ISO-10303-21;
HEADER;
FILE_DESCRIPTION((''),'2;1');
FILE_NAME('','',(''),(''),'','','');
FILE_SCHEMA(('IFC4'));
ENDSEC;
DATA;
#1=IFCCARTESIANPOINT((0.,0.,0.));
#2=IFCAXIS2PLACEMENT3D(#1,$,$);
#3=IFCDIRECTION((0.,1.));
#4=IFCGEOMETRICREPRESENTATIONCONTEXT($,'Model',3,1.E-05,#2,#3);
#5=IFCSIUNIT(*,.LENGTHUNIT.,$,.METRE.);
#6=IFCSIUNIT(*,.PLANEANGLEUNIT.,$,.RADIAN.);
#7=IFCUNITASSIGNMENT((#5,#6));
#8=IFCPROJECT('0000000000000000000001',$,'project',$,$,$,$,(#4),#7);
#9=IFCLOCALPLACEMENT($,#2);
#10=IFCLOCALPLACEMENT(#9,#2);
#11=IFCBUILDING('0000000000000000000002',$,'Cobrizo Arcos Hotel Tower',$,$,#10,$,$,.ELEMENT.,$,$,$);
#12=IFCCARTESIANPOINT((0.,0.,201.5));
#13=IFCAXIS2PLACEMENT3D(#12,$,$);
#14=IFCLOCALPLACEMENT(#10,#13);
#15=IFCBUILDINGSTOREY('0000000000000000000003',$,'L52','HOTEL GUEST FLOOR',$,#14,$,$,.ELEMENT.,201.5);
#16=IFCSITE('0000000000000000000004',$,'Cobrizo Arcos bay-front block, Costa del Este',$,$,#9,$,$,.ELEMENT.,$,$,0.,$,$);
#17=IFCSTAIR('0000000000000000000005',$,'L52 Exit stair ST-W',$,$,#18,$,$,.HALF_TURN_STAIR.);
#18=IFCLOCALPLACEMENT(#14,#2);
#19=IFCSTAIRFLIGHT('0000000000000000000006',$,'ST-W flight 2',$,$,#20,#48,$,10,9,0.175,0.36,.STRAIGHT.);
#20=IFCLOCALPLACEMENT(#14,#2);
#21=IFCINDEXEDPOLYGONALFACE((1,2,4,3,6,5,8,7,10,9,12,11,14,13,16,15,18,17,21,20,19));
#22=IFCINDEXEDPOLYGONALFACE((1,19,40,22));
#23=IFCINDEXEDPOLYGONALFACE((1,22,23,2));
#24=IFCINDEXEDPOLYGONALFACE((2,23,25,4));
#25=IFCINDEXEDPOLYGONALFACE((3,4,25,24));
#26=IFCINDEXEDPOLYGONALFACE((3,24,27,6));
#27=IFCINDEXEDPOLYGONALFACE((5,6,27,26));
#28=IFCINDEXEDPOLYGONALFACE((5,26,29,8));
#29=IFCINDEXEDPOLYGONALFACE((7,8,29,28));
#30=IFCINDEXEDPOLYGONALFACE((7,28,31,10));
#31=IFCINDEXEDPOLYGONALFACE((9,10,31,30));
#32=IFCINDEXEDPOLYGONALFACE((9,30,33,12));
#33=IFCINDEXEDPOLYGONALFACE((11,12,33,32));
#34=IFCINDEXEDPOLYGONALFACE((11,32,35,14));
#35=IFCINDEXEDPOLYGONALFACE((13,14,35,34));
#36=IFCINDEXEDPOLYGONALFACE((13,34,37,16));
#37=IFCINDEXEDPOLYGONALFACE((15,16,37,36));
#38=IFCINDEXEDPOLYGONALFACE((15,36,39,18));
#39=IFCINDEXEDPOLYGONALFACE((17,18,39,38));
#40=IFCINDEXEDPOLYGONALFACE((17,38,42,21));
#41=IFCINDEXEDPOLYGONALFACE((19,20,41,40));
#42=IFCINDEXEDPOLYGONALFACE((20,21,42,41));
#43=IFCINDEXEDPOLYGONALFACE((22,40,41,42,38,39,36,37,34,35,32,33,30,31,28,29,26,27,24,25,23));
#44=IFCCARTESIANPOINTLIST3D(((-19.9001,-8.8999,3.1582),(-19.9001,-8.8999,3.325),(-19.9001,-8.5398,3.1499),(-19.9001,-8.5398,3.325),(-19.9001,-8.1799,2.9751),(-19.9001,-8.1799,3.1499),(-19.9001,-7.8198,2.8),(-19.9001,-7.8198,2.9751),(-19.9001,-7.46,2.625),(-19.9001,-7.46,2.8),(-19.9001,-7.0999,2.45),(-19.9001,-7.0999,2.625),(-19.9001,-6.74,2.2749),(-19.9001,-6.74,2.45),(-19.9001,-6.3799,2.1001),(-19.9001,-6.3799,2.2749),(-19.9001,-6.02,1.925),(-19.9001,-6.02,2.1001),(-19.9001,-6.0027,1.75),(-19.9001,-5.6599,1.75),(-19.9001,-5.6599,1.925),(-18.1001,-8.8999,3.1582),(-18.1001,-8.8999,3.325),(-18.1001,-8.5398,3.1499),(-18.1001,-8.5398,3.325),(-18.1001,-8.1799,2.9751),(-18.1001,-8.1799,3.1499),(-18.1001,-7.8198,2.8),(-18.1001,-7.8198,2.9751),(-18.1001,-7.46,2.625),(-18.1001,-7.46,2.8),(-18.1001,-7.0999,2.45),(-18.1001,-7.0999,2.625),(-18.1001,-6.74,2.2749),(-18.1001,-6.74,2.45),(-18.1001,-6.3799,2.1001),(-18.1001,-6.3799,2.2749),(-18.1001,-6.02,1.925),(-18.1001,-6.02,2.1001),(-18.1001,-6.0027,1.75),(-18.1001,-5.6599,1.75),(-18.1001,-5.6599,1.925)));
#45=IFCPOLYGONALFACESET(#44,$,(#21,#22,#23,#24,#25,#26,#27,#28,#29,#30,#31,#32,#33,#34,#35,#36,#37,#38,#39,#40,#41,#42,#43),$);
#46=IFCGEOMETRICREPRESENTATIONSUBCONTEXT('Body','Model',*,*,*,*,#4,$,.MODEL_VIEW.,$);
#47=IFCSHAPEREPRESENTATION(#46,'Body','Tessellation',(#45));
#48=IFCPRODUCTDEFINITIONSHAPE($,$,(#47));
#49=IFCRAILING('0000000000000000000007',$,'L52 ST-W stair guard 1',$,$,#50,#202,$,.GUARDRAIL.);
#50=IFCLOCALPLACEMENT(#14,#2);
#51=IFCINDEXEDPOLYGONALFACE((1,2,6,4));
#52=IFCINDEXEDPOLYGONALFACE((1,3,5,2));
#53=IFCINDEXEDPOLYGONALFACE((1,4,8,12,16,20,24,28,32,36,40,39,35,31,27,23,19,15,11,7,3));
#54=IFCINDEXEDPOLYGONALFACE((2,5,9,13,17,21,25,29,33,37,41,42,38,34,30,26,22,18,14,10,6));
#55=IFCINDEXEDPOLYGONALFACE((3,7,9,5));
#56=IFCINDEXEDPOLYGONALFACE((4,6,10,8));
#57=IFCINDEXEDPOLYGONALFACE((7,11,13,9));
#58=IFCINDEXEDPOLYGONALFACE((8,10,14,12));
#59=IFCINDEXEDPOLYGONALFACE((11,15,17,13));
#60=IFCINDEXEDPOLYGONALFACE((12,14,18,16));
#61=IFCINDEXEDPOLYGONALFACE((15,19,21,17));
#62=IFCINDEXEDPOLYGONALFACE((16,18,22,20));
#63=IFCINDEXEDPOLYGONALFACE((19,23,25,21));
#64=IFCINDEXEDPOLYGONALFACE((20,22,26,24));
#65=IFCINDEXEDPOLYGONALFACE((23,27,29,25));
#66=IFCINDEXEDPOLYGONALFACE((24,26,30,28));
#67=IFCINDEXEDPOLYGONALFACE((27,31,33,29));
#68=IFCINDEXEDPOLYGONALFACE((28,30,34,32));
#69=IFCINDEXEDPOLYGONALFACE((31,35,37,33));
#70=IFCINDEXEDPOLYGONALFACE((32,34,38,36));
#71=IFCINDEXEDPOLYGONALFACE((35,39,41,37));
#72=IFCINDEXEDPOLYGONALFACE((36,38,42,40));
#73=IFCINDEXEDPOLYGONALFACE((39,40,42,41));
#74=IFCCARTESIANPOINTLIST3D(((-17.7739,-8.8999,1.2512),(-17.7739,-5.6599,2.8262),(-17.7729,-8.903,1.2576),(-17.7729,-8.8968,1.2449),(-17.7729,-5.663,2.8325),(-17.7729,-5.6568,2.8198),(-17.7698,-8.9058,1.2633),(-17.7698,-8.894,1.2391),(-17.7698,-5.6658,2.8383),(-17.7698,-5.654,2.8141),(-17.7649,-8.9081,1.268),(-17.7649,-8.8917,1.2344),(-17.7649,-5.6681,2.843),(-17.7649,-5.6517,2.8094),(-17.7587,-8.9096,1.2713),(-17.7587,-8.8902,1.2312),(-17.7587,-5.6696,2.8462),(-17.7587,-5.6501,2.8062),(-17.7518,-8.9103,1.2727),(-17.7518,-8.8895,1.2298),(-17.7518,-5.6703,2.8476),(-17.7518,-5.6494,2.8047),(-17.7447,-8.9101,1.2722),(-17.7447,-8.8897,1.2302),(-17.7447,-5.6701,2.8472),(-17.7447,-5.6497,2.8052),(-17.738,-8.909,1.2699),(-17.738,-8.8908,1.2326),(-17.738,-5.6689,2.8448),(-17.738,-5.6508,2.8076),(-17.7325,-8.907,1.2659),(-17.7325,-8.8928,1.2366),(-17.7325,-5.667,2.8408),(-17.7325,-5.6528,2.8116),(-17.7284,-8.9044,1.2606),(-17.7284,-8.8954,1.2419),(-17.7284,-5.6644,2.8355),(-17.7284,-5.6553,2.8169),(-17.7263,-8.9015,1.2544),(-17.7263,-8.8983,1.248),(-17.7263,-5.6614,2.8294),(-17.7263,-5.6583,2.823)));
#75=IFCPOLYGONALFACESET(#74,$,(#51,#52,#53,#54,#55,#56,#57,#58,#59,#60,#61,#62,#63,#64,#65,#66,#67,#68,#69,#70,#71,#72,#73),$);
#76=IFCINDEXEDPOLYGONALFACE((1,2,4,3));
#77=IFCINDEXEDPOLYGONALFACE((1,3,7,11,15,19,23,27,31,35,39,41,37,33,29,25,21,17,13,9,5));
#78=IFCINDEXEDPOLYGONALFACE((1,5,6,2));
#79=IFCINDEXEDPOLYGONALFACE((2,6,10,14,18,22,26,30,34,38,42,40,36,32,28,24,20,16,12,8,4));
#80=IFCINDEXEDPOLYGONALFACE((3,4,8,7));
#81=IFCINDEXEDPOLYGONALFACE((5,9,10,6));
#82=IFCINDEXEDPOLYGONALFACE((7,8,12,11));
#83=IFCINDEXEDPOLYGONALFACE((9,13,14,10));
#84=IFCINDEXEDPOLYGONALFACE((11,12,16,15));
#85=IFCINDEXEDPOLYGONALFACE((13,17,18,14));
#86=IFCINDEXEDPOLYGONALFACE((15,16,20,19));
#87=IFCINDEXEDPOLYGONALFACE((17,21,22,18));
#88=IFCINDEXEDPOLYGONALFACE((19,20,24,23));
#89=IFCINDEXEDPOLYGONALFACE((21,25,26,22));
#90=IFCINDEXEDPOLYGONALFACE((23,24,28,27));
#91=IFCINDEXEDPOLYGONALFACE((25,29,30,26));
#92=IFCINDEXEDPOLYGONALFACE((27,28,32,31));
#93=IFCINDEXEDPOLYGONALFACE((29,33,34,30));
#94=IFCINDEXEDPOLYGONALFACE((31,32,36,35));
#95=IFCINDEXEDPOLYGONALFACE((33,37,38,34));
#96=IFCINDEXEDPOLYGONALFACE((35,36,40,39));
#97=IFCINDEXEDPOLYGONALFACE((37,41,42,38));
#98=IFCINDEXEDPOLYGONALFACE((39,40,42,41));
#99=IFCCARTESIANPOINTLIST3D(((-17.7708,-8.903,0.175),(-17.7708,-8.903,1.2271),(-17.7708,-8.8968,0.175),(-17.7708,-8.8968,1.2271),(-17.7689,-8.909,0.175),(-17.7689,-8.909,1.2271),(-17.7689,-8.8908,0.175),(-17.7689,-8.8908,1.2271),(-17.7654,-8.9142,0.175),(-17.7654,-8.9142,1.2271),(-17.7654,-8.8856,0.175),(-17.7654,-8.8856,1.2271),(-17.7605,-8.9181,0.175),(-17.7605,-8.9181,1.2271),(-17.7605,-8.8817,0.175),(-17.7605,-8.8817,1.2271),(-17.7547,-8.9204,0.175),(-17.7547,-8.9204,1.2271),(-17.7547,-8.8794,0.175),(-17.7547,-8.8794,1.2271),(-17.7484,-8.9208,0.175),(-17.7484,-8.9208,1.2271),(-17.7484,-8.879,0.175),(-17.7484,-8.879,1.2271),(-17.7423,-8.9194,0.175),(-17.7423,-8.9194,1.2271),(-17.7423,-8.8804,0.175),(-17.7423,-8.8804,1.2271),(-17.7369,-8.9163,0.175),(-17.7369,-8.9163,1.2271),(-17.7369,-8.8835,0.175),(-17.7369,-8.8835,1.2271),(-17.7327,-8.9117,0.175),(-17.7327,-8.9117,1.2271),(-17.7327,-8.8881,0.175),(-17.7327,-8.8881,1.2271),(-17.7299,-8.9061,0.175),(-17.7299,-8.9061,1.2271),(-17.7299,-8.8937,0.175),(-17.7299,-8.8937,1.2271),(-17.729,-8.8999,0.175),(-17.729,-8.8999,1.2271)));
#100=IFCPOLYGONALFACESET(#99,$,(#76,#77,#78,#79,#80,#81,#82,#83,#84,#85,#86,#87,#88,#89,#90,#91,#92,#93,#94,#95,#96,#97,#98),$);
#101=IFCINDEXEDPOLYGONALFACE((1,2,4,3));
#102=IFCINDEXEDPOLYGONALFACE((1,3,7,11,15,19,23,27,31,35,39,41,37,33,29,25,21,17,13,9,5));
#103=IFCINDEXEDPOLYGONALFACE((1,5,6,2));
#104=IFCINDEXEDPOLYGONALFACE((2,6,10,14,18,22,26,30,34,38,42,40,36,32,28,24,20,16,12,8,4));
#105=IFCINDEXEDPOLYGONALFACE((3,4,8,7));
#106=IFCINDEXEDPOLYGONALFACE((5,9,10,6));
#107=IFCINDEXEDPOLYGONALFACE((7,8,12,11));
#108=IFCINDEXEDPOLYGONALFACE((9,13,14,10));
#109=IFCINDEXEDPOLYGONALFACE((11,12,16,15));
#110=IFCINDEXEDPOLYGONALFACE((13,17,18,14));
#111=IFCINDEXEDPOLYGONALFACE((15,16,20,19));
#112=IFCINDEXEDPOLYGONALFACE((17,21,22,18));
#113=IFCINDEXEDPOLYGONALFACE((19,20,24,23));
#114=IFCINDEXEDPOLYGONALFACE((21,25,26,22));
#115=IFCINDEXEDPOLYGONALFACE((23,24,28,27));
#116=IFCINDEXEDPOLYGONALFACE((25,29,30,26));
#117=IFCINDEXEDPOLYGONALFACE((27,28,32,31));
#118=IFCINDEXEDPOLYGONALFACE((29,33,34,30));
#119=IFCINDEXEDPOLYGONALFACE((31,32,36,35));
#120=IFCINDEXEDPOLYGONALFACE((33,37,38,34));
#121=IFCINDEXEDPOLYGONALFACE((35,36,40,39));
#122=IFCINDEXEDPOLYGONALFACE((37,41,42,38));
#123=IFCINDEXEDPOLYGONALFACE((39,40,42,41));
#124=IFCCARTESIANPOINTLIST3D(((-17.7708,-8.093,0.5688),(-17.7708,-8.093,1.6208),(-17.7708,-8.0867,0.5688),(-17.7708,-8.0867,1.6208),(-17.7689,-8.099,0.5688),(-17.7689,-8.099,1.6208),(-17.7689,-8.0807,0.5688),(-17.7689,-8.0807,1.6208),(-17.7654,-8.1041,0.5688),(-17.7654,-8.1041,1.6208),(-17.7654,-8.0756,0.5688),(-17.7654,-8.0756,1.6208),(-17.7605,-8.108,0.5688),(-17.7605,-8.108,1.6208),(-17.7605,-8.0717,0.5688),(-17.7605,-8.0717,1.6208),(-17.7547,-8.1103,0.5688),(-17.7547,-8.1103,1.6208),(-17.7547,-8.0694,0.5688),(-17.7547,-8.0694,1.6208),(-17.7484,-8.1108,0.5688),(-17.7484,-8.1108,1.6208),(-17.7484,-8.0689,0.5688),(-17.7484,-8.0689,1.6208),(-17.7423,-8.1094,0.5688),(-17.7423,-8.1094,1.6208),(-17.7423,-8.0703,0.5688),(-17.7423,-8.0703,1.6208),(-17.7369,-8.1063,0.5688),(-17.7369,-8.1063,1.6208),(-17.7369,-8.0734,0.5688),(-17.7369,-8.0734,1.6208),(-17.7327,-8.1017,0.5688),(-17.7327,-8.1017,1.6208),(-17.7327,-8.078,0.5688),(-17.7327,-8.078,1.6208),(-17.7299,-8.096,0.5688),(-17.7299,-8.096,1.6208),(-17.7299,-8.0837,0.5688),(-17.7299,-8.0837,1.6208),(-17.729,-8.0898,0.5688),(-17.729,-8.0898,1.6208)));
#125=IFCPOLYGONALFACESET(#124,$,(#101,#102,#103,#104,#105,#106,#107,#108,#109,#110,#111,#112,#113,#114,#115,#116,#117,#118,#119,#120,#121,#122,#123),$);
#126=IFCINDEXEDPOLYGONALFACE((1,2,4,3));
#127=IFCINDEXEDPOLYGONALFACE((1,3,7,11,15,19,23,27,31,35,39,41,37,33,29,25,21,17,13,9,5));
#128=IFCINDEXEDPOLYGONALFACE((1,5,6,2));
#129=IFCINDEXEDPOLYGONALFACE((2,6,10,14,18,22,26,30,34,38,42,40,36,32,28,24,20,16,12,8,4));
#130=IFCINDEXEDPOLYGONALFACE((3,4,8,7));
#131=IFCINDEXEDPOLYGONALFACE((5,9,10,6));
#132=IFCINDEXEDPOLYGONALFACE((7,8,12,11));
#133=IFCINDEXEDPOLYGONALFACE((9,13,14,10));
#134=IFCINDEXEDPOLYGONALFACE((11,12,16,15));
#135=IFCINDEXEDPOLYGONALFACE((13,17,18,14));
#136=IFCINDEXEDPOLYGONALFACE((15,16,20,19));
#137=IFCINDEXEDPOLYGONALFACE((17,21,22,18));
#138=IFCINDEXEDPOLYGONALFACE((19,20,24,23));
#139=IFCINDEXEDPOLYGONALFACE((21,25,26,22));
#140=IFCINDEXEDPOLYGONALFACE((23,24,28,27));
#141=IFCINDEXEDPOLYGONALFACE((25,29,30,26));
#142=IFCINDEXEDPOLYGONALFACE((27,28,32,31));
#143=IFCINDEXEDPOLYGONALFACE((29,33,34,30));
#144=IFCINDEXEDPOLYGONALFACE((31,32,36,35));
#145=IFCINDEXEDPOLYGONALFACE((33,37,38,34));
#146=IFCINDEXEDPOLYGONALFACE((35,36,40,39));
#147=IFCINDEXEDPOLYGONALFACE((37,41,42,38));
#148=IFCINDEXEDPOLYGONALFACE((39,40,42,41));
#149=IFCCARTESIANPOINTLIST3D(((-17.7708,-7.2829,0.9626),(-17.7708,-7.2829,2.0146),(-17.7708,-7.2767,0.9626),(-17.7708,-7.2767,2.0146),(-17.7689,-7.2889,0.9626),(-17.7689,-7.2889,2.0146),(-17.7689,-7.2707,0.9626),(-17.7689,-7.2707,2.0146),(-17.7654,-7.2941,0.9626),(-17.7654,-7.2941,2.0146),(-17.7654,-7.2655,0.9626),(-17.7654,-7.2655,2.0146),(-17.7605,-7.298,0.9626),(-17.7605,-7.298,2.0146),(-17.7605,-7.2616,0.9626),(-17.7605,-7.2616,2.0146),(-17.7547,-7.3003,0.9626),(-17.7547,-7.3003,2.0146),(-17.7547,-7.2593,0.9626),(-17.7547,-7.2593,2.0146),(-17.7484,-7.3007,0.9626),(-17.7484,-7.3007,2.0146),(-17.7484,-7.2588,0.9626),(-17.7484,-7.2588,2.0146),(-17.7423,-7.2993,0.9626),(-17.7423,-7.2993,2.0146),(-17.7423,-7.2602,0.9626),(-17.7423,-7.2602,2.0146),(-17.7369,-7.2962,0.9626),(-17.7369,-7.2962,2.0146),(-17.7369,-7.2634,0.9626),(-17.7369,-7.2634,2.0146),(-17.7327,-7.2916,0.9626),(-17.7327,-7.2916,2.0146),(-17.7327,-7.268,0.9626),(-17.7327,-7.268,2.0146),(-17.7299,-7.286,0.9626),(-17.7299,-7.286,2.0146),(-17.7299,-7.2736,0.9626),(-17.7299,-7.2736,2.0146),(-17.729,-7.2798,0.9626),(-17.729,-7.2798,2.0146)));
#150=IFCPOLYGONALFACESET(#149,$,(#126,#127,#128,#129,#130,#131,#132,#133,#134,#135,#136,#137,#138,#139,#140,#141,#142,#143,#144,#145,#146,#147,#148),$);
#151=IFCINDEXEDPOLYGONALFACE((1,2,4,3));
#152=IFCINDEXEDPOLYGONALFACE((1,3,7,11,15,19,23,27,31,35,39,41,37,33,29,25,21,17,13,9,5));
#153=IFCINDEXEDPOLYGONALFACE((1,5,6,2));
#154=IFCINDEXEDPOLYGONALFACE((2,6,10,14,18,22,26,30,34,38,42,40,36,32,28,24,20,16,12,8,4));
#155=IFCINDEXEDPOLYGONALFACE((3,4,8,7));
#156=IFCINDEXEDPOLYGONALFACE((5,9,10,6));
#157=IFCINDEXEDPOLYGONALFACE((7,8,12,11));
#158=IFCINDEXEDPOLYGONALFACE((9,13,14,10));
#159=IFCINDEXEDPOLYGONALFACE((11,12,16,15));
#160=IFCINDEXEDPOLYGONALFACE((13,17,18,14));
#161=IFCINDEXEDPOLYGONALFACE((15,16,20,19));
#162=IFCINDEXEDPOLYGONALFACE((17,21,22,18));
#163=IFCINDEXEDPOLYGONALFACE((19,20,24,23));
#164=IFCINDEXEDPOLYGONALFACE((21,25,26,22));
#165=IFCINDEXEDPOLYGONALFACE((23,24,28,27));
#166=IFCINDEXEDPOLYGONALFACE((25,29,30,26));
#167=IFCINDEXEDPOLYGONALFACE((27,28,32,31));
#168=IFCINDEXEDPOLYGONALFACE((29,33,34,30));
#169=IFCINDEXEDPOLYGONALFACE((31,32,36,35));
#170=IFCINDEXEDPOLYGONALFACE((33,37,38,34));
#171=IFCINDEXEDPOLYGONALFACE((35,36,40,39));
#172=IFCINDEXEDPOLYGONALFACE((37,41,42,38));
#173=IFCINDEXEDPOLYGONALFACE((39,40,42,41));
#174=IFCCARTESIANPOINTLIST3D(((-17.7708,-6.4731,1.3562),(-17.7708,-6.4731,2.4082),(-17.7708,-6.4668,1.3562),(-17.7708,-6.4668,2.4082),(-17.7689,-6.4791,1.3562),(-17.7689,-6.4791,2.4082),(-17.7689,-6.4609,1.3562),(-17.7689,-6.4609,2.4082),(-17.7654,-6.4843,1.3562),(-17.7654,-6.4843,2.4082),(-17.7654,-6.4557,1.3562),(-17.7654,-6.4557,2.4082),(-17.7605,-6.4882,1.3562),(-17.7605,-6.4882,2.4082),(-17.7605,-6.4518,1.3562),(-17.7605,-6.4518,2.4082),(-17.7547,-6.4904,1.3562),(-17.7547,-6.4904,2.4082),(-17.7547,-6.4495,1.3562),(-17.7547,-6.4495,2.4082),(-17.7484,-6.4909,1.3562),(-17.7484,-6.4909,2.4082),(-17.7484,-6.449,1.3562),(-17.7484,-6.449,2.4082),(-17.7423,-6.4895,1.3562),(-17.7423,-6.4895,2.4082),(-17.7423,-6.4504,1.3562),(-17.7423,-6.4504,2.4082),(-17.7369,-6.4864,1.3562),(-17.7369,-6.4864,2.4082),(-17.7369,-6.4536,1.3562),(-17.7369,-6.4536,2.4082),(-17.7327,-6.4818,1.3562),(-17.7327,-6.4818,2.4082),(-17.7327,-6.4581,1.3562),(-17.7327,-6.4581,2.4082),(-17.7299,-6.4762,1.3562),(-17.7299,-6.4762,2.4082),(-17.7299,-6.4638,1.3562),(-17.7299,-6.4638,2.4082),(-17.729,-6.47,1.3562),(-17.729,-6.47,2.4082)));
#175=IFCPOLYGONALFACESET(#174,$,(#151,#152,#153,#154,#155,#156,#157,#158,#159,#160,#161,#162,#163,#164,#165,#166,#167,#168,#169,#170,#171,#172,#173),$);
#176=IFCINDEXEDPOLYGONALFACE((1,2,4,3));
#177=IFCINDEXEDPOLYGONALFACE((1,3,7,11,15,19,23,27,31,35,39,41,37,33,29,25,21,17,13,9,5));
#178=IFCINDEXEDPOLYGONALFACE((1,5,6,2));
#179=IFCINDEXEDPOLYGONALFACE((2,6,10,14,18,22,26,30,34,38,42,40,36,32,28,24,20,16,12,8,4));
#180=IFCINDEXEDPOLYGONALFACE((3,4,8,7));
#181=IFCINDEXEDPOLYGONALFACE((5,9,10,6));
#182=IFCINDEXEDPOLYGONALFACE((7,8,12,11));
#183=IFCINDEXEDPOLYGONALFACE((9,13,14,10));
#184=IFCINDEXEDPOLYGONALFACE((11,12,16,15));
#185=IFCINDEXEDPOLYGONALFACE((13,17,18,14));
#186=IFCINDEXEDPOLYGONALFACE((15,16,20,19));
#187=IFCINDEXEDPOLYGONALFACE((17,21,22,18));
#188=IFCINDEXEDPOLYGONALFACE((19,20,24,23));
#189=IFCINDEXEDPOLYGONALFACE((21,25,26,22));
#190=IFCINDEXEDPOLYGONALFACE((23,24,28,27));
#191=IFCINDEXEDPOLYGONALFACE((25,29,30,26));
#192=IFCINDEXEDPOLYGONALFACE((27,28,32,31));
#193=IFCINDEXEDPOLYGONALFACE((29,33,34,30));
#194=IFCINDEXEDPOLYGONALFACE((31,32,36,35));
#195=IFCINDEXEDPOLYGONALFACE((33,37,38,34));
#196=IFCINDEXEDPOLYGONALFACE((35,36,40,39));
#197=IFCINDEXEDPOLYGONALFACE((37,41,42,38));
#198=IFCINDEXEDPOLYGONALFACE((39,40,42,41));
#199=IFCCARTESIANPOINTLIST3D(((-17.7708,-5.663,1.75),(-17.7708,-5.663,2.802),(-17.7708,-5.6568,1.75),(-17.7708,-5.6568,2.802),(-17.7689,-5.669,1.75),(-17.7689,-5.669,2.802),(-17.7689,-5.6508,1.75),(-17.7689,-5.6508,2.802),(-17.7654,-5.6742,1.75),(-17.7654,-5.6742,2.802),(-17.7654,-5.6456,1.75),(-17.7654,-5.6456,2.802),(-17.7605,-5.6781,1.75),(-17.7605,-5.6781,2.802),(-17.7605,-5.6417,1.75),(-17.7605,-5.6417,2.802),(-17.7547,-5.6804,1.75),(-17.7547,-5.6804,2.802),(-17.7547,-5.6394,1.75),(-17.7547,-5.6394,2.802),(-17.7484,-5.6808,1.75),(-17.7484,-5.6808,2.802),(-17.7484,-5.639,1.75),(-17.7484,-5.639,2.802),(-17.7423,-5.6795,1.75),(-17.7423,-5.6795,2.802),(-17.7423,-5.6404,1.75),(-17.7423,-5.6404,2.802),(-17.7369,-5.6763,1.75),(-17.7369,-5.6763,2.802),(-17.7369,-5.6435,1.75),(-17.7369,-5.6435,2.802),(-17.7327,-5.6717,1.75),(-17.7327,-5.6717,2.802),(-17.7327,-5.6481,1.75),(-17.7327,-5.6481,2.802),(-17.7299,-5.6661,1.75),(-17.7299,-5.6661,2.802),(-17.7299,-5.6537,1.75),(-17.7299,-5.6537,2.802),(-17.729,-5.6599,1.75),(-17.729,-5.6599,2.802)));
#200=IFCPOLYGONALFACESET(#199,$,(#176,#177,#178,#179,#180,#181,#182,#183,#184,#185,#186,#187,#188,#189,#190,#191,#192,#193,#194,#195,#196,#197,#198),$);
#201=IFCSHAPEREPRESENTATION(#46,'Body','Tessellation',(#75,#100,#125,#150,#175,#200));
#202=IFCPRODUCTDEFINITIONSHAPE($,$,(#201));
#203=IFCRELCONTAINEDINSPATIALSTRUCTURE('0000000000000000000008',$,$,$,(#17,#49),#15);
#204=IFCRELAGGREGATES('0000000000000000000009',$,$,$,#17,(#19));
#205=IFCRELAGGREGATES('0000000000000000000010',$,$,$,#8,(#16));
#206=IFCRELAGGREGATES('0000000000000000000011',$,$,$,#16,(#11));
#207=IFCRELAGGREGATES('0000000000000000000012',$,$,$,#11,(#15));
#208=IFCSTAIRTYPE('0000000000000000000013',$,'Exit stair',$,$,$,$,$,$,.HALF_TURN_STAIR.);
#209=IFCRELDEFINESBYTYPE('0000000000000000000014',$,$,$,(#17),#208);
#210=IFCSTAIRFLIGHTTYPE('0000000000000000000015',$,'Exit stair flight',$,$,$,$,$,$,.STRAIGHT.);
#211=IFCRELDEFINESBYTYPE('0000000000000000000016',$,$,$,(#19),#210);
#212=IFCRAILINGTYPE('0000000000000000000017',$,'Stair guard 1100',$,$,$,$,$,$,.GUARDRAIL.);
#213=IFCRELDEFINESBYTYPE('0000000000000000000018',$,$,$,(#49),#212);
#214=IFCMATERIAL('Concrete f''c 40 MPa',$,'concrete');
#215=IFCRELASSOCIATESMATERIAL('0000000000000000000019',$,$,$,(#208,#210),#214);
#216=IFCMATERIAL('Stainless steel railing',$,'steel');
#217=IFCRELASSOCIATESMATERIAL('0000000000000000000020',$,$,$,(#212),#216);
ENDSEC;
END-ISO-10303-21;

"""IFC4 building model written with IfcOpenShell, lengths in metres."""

from ifc_helpers import new_model, si_unit, direction, frame, origin, origin_2d, place, context, subcontext, project, spatial, polyline, circle, outline, extrude, material, type_object, element, aggregate, save


model = new_model("IFC4")

# Units and contexts
model_context = context("Model", 3, precision=1e-05, world=origin(), true_north=direction((0.0, 1.0)))
body_context = subcontext(model_context, "Body", "Model", "MODEL_VIEW")
ifc_project = project(units=[si_unit("LENGTHUNIT", "METRE"), si_unit("PLANEANGLEUNIT", "RADIAN")], contexts=[model_context])

# Site, building, storey
site_placement = place(None, origin())
site = spatial("IfcSite", under=ifc_project, at=site_placement, Name="Cobrizo Arcos bay-front block, Costa del Este", CompositionType="ELEMENT", RefElevation=0.0)
building_placement = place(site_placement, origin())
building = spatial("IfcBuilding", under=site, at=building_placement, Name="Cobrizo Arcos Hotel Tower", CompositionType="ELEMENT")
storey_placement = place(building_placement, frame((0.0, 0.0, 201.5)))
storey = spatial("IfcBuildingStorey", under=building, at=storey_placement, Name="L52", Description="HOTEL GUEST FLOOR", CompositionType="ELEMENT", Elevation=201.5)

# Shared definitions
ifc_material_1 = material(Name="Concrete f'c 40 MPa", Category="concrete")

# Stair, stair flight
stair_type = type_object("IfcStairType", Name="Exit stair", PredefinedType="HALF_TURN_STAIR", material=ifc_material_1)
stair_placement = place(storey_placement, origin())
stair = element("IfcStair", 1, at=stair_placement, inside=storey, type_object=stair_type, Name="L52 Exit stair ST-W", PredefinedType="HALF_TURN_STAIR")
stair_flight_type = type_object("IfcStairFlightType", Name="Exit stair flight", PredefinedType="STRAIGHT", material=ifc_material_1)
stair_flight_1_placement = place(storey_placement, frame((-19.0, -5.6599, 1.75), z_axis=(0.0, 0.0, 1.0), x_axis=(0.0, -1.0, 0.0)))
stair_flight_1 = element("IfcStairFlight", 2, at=stair_flight_1_placement, type_object=stair_flight_type, Name="ST-W flight 2", NumberOfRisers=10, NumberOfTreads=9, PredefinedType="STRAIGHT", RiserHeight=0.175, TreadLength=0.36, context=body_context, shape_type="SweptSolid", body=[
    extrude(outline(polyline([(0.0, 0.0), (0.0, 0.175), (0.3601, 0.175), (0.3601, 0.3501), (0.72, 0.3501), (0.72, 0.5249), (1.0801, 0.5249), (1.0801, 0.7), (1.4399, 0.7), (1.4399, 0.875), (1.8, 0.875), (1.8, 1.05), (2.1599, 1.05), (2.1599, 1.2251), (2.52, 1.2251), (2.52, 1.3999), (2.8799, 1.3999), (2.8799, 1.575), (3.24, 1.575), (3.24, 1.75), (3.24, 1.4082), (0.3428, 0.0), (0.0, 0.0)])), frame((0.0, 0.8999, 0.0), z_axis=(0.0, -1.0, 0.0), x_axis=(1.0, 0.0, 0.0)), (0.0, 0.0, 1.0), 1.8),
])
aggregate(stair, [stair_flight_1])

# Railing
ifc_material_2 = material(Name="Stainless steel railing", Category="steel")
railing_type_1 = type_object("IfcRailingType", Name="Stair guard 1100", PredefinedType="GUARDRAIL", material=ifc_material_2)
railing_1_placement = place(storey_placement, frame((-17.75, -8.8999, 0.175)))
element("IfcRailing", 3, at=railing_1_placement, inside=storey, type_object=railing_type_1, Name="L52 ST-W stair guard 1", PredefinedType="GUARDRAIL", context=body_context, shape_type="SweptSolid", body=[
    extrude(circle(Radius=0.0239, at=origin_2d()), frame((0.0, 0.0, 1.0762), z_axis=(0.0, 0.899373, 0.437183), x_axis=(-1.0, 0.0, 0.0)), (0.0, 0.0, 1.0), 3.6025),
    extrude(circle(Radius=0.021, at=origin_2d()), origin(), (0.0, 0.0, 1.0), 1.052),
    extrude(circle(Radius=0.021, at=origin_2d()), frame((0.0, 0.8101, 0.3938)), (0.0, 0.0, 1.0), 1.052),
    extrude(circle(Radius=0.021, at=origin_2d()), frame((0.0, 1.6201, 0.7876)), (0.0, 0.0, 1.0), 1.052),
    extrude(circle(Radius=0.021, at=origin_2d()), frame((0.0, 2.4299, 1.1812)), (0.0, 0.0, 1.0), 1.052),
    extrude(circle(Radius=0.021, at=origin_2d()), frame((0.0, 3.24, 1.575)), (0.0, 0.0, 1.0), 1.052),
])

save(model, "model.ifc")
